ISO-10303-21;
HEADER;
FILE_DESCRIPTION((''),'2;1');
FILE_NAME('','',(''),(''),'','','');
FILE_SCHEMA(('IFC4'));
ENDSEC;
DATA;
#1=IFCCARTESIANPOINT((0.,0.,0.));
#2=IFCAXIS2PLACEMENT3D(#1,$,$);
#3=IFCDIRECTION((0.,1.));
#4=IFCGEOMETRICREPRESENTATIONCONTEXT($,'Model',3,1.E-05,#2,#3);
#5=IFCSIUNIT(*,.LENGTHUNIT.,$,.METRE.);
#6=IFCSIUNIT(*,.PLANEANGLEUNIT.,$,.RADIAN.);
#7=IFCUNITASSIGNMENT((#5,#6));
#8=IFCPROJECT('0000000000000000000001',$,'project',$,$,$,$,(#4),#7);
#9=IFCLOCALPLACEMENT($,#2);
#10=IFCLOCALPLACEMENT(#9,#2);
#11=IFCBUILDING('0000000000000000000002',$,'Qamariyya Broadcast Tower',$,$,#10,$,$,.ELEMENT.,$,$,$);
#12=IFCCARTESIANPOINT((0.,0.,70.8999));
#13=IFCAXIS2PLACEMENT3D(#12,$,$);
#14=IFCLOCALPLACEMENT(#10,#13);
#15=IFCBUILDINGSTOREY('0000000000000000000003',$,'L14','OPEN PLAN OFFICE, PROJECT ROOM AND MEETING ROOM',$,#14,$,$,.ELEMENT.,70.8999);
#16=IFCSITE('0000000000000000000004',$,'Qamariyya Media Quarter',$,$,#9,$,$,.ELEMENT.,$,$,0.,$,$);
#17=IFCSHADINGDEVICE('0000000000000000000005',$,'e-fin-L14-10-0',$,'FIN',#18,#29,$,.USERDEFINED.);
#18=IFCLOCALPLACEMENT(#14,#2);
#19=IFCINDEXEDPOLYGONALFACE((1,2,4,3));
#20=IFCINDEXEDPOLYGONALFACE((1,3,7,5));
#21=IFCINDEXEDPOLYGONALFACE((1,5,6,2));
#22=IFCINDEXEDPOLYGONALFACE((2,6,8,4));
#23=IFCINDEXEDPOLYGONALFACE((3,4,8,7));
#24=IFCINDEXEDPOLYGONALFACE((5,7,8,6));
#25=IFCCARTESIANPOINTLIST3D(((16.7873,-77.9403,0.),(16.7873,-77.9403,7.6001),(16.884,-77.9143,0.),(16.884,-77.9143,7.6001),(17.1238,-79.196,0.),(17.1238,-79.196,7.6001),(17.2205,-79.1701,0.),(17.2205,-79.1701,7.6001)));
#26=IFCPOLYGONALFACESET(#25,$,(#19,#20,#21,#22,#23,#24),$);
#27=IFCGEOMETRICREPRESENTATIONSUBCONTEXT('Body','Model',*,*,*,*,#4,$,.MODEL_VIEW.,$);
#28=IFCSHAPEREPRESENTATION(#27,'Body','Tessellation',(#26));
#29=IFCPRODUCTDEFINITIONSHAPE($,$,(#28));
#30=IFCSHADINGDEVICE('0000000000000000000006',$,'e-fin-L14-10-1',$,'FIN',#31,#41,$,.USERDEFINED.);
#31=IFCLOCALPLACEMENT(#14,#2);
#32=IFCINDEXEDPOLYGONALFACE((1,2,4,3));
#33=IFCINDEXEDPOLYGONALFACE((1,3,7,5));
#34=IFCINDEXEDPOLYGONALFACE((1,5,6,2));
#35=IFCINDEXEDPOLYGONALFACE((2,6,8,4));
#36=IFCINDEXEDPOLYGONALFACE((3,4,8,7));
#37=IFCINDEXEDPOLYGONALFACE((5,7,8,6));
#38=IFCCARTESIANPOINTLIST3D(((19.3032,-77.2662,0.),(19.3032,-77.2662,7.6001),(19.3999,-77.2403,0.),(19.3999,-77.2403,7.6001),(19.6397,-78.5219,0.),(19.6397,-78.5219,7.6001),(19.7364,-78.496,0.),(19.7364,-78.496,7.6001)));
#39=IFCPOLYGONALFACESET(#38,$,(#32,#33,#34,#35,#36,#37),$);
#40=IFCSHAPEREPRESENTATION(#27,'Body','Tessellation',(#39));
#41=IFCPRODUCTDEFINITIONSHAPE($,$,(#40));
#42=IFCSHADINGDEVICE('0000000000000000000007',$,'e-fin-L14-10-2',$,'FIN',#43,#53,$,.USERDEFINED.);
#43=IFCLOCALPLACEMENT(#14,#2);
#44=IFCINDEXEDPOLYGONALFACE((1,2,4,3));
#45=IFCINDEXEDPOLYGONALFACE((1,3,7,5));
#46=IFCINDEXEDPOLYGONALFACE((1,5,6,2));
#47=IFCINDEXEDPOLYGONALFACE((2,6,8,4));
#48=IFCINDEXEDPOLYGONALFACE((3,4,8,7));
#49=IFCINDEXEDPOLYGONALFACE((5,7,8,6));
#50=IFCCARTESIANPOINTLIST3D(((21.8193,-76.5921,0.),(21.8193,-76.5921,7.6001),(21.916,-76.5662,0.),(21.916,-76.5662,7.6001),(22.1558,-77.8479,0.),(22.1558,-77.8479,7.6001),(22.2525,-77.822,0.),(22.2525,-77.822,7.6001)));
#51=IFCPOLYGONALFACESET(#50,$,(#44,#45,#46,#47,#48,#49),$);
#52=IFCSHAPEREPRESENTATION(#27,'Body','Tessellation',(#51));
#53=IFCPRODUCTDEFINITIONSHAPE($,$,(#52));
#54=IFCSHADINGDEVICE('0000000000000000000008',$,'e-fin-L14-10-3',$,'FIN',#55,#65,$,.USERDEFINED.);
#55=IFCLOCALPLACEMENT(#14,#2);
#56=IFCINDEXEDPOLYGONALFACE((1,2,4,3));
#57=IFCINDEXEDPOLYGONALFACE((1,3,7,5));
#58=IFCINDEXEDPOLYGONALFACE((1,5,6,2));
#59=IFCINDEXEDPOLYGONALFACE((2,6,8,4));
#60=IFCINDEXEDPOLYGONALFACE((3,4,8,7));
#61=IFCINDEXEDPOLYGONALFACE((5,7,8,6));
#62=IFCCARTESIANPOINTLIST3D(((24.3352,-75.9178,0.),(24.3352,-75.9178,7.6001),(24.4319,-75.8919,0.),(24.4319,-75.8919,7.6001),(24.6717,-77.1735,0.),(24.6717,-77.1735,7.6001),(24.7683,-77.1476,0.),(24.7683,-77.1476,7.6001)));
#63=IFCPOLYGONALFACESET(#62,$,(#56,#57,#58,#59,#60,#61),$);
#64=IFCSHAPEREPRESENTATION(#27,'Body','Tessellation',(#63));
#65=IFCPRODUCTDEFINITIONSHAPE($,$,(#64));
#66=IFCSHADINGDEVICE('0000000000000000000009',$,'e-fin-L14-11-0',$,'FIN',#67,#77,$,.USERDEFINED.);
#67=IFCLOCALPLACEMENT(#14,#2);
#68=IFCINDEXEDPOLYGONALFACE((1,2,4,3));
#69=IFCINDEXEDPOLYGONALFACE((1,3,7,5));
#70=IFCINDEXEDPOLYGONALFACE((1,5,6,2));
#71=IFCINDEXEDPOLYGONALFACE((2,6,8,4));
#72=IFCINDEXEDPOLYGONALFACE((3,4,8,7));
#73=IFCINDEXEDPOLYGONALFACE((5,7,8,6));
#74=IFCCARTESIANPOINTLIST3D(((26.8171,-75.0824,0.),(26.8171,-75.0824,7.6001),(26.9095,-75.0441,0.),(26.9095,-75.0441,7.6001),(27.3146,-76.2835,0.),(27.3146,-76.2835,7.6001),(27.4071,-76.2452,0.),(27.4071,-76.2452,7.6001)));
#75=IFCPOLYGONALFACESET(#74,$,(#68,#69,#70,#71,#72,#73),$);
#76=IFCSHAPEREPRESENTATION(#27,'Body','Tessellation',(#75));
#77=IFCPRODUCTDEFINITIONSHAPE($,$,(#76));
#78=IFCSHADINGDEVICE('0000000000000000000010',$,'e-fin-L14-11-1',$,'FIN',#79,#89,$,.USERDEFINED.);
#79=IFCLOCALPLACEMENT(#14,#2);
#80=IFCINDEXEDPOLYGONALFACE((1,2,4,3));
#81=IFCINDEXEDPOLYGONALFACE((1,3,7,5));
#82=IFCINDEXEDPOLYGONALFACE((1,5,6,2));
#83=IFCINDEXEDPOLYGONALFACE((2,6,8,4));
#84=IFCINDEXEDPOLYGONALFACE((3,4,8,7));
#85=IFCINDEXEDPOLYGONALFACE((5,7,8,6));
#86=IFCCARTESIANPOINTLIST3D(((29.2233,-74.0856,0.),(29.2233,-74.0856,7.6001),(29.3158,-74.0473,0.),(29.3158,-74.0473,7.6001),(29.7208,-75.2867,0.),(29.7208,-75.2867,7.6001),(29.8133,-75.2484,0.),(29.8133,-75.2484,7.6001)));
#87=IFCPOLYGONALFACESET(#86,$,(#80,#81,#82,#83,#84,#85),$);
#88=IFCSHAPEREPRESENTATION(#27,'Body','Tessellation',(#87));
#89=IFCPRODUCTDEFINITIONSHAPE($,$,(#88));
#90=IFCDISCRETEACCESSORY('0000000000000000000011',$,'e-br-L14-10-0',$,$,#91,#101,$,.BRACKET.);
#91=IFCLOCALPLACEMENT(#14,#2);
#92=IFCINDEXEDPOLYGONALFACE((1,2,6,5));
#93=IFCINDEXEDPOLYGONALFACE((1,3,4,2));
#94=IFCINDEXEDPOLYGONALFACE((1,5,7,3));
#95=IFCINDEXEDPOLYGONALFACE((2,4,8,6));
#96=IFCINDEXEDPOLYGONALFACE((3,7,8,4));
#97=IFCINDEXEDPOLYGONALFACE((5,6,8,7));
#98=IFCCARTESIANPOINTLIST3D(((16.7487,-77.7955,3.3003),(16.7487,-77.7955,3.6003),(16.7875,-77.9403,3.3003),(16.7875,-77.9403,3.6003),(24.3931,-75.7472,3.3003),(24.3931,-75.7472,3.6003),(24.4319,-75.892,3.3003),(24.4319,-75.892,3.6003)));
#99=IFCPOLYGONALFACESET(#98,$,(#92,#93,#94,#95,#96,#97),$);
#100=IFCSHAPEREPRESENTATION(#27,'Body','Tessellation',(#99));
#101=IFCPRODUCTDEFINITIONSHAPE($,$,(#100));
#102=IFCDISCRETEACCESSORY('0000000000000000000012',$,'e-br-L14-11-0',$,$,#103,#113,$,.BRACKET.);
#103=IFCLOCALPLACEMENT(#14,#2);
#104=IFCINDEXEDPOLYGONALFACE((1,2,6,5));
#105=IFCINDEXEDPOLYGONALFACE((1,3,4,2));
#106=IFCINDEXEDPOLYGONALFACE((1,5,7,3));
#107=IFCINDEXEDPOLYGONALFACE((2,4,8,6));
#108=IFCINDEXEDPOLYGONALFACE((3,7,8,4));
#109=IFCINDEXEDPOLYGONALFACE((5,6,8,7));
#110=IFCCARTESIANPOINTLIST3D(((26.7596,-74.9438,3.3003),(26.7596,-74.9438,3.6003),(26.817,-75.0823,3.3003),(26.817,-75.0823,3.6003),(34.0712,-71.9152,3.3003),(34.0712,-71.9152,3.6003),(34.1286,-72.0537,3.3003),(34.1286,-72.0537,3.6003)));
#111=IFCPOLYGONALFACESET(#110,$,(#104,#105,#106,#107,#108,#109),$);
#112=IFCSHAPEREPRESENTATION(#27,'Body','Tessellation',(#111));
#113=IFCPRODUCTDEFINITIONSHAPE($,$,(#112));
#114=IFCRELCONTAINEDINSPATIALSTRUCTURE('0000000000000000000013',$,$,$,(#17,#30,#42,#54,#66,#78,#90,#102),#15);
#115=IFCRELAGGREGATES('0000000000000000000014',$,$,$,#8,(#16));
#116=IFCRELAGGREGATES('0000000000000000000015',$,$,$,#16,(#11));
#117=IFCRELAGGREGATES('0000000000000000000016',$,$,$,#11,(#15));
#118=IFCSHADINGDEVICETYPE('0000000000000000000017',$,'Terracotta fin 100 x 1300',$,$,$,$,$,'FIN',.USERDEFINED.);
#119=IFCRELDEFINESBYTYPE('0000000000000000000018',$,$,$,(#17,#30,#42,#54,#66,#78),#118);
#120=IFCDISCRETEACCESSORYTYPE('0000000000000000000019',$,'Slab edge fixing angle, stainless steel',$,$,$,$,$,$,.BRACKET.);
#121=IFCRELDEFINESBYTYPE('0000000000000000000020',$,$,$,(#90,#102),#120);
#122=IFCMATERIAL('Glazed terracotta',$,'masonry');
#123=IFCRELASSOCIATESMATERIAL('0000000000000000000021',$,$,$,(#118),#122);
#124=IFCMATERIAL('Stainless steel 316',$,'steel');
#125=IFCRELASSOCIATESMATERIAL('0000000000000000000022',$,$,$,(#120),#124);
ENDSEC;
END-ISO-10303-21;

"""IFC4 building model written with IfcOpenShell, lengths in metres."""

from ifc_helpers import new_model, si_unit, direction, frame, origin, origin_2d, place, context, subcontext, project, spatial, rectangle, extrude, material, material_profile, profile_set, type_object, element, save


model = new_model("IFC4")

# Units and contexts
model_context = context("Model", 3, precision=1e-05, world=origin(), true_north=direction((0.0, 1.0)))
body_context = subcontext(model_context, "Body", "Model", "MODEL_VIEW")
ifc_project = project(units=[si_unit("LENGTHUNIT", "METRE"), si_unit("PLANEANGLEUNIT", "RADIAN")], contexts=[model_context])

# Site, building, storey
site_placement = place(None, origin())
site = spatial("IfcSite", under=ifc_project, at=site_placement, Name="Qamariyya Media Quarter", CompositionType="ELEMENT", RefElevation=0.0)
building_placement = place(site_placement, origin())
building = spatial("IfcBuilding", under=site, at=building_placement, Name="Qamariyya Broadcast Tower", CompositionType="ELEMENT")
storey_placement = place(building_placement, frame((0.0, 0.0, 70.8999)))
storey = spatial("IfcBuildingStorey", under=building, at=storey_placement, Name="L14", Description="OPEN PLAN OFFICE, PROJECT ROOM AND MEETING ROOM", CompositionType="ELEMENT", Elevation=70.8999)

# Shading devices
ifc_material_1 = material(Name="Glazed terracotta", Category="masonry")
ifc_material_profile_1 = material_profile(ifc_material_1, rectangle(XDim=1.3, YDim=0.1001, at=origin_2d()))
ifc_profile_set_1 = profile_set([ifc_material_profile_1], Name="Glazed terracotta")
shading_device_type_1 = type_object("IfcShadingDeviceType", Name="Terracotta fin 100 x 1300", ElementType="FIN", PredefinedType="USERDEFINED", material=ifc_profile_set_1)
for number, where, z_axis, x_axis, name in (
    (1, (17.0039, -78.5552, 0.0), (0.0, 0.0, 1.0), (0.258819, -0.965926, 0.0), "e-fin-L14-10-0"),
    (2, (19.5198, -77.8811, 0.0), (0.0, 0.0, 1.0), (0.258819, -0.965926, 0.0), "e-fin-L14-10-1"),
    (3, (22.0359, -77.207, 0.0), (0.0, 0.0, 1.0), (0.258819, -0.965926, 0.0), "e-fin-L14-10-2"),
    (4, (24.5518, -76.5327, 0.0), (0.0, 0.0, 1.0), (0.258819, -0.965926, 0.0), "e-fin-L14-10-3"),
    (5, (27.1121, -75.6638, 0.0), (0.0, 0.0, 1.0), (0.382683, -0.92388, 0.0), "e-fin-L14-11-0"),
    (6, (29.5183, -74.667, 0.0), (0.0, 0.0, 1.0), (0.382683, -0.92388, 0.0), "e-fin-L14-11-1"),
):
    element("IfcShadingDevice", number, at=place(storey_placement, frame(where, z_axis=z_axis, x_axis=x_axis)), inside=storey, type_object=shading_device_type_1, Name=name, ObjectType="FIN", PredefinedType="USERDEFINED", context=body_context, shape_type="SweptSolid", body=[
        extrude(rectangle(XDim=1.3, YDim=0.1001, at=origin_2d()), origin(), (0.0, 0.0, 1.0), 7.6001),
    ])

# Discrete accessories
ifc_material_2 = material(Name="Stainless steel 316", Category="steel")
discrete_accessory_type = type_object("IfcDiscreteAccessoryType", Name="Slab edge fixing angle, stainless steel", PredefinedType="BRACKET", material=ifc_material_2)
for number, where, z_axis, x_axis, name in (
    (7, (20.5903, -76.8438, 3.3003), (0.0, 0.0, 1.0), (0.965926, 0.258819, 0.0), "e-br-L14-10-0"),
    (8, (30.4441, -73.4988, 3.3003), (0.0, 0.0, 1.0), (0.92388, 0.382683, 0.0), "e-br-L14-11-0"),
):
    element("IfcDiscreteAccessory", number, at=place(storey_placement, frame(where, z_axis=z_axis, x_axis=x_axis)), inside=storey, type_object=discrete_accessory_type, Name=name, PredefinedType="BRACKET", context=body_context, shape_type="SweptSolid", body=[
        extrude(rectangle(XDim=7.9141, YDim=0.1499, at=origin_2d()), origin(), (0.0, 0.0, 1.0), 0.3),
    ])

save(model, "model.ifc")
